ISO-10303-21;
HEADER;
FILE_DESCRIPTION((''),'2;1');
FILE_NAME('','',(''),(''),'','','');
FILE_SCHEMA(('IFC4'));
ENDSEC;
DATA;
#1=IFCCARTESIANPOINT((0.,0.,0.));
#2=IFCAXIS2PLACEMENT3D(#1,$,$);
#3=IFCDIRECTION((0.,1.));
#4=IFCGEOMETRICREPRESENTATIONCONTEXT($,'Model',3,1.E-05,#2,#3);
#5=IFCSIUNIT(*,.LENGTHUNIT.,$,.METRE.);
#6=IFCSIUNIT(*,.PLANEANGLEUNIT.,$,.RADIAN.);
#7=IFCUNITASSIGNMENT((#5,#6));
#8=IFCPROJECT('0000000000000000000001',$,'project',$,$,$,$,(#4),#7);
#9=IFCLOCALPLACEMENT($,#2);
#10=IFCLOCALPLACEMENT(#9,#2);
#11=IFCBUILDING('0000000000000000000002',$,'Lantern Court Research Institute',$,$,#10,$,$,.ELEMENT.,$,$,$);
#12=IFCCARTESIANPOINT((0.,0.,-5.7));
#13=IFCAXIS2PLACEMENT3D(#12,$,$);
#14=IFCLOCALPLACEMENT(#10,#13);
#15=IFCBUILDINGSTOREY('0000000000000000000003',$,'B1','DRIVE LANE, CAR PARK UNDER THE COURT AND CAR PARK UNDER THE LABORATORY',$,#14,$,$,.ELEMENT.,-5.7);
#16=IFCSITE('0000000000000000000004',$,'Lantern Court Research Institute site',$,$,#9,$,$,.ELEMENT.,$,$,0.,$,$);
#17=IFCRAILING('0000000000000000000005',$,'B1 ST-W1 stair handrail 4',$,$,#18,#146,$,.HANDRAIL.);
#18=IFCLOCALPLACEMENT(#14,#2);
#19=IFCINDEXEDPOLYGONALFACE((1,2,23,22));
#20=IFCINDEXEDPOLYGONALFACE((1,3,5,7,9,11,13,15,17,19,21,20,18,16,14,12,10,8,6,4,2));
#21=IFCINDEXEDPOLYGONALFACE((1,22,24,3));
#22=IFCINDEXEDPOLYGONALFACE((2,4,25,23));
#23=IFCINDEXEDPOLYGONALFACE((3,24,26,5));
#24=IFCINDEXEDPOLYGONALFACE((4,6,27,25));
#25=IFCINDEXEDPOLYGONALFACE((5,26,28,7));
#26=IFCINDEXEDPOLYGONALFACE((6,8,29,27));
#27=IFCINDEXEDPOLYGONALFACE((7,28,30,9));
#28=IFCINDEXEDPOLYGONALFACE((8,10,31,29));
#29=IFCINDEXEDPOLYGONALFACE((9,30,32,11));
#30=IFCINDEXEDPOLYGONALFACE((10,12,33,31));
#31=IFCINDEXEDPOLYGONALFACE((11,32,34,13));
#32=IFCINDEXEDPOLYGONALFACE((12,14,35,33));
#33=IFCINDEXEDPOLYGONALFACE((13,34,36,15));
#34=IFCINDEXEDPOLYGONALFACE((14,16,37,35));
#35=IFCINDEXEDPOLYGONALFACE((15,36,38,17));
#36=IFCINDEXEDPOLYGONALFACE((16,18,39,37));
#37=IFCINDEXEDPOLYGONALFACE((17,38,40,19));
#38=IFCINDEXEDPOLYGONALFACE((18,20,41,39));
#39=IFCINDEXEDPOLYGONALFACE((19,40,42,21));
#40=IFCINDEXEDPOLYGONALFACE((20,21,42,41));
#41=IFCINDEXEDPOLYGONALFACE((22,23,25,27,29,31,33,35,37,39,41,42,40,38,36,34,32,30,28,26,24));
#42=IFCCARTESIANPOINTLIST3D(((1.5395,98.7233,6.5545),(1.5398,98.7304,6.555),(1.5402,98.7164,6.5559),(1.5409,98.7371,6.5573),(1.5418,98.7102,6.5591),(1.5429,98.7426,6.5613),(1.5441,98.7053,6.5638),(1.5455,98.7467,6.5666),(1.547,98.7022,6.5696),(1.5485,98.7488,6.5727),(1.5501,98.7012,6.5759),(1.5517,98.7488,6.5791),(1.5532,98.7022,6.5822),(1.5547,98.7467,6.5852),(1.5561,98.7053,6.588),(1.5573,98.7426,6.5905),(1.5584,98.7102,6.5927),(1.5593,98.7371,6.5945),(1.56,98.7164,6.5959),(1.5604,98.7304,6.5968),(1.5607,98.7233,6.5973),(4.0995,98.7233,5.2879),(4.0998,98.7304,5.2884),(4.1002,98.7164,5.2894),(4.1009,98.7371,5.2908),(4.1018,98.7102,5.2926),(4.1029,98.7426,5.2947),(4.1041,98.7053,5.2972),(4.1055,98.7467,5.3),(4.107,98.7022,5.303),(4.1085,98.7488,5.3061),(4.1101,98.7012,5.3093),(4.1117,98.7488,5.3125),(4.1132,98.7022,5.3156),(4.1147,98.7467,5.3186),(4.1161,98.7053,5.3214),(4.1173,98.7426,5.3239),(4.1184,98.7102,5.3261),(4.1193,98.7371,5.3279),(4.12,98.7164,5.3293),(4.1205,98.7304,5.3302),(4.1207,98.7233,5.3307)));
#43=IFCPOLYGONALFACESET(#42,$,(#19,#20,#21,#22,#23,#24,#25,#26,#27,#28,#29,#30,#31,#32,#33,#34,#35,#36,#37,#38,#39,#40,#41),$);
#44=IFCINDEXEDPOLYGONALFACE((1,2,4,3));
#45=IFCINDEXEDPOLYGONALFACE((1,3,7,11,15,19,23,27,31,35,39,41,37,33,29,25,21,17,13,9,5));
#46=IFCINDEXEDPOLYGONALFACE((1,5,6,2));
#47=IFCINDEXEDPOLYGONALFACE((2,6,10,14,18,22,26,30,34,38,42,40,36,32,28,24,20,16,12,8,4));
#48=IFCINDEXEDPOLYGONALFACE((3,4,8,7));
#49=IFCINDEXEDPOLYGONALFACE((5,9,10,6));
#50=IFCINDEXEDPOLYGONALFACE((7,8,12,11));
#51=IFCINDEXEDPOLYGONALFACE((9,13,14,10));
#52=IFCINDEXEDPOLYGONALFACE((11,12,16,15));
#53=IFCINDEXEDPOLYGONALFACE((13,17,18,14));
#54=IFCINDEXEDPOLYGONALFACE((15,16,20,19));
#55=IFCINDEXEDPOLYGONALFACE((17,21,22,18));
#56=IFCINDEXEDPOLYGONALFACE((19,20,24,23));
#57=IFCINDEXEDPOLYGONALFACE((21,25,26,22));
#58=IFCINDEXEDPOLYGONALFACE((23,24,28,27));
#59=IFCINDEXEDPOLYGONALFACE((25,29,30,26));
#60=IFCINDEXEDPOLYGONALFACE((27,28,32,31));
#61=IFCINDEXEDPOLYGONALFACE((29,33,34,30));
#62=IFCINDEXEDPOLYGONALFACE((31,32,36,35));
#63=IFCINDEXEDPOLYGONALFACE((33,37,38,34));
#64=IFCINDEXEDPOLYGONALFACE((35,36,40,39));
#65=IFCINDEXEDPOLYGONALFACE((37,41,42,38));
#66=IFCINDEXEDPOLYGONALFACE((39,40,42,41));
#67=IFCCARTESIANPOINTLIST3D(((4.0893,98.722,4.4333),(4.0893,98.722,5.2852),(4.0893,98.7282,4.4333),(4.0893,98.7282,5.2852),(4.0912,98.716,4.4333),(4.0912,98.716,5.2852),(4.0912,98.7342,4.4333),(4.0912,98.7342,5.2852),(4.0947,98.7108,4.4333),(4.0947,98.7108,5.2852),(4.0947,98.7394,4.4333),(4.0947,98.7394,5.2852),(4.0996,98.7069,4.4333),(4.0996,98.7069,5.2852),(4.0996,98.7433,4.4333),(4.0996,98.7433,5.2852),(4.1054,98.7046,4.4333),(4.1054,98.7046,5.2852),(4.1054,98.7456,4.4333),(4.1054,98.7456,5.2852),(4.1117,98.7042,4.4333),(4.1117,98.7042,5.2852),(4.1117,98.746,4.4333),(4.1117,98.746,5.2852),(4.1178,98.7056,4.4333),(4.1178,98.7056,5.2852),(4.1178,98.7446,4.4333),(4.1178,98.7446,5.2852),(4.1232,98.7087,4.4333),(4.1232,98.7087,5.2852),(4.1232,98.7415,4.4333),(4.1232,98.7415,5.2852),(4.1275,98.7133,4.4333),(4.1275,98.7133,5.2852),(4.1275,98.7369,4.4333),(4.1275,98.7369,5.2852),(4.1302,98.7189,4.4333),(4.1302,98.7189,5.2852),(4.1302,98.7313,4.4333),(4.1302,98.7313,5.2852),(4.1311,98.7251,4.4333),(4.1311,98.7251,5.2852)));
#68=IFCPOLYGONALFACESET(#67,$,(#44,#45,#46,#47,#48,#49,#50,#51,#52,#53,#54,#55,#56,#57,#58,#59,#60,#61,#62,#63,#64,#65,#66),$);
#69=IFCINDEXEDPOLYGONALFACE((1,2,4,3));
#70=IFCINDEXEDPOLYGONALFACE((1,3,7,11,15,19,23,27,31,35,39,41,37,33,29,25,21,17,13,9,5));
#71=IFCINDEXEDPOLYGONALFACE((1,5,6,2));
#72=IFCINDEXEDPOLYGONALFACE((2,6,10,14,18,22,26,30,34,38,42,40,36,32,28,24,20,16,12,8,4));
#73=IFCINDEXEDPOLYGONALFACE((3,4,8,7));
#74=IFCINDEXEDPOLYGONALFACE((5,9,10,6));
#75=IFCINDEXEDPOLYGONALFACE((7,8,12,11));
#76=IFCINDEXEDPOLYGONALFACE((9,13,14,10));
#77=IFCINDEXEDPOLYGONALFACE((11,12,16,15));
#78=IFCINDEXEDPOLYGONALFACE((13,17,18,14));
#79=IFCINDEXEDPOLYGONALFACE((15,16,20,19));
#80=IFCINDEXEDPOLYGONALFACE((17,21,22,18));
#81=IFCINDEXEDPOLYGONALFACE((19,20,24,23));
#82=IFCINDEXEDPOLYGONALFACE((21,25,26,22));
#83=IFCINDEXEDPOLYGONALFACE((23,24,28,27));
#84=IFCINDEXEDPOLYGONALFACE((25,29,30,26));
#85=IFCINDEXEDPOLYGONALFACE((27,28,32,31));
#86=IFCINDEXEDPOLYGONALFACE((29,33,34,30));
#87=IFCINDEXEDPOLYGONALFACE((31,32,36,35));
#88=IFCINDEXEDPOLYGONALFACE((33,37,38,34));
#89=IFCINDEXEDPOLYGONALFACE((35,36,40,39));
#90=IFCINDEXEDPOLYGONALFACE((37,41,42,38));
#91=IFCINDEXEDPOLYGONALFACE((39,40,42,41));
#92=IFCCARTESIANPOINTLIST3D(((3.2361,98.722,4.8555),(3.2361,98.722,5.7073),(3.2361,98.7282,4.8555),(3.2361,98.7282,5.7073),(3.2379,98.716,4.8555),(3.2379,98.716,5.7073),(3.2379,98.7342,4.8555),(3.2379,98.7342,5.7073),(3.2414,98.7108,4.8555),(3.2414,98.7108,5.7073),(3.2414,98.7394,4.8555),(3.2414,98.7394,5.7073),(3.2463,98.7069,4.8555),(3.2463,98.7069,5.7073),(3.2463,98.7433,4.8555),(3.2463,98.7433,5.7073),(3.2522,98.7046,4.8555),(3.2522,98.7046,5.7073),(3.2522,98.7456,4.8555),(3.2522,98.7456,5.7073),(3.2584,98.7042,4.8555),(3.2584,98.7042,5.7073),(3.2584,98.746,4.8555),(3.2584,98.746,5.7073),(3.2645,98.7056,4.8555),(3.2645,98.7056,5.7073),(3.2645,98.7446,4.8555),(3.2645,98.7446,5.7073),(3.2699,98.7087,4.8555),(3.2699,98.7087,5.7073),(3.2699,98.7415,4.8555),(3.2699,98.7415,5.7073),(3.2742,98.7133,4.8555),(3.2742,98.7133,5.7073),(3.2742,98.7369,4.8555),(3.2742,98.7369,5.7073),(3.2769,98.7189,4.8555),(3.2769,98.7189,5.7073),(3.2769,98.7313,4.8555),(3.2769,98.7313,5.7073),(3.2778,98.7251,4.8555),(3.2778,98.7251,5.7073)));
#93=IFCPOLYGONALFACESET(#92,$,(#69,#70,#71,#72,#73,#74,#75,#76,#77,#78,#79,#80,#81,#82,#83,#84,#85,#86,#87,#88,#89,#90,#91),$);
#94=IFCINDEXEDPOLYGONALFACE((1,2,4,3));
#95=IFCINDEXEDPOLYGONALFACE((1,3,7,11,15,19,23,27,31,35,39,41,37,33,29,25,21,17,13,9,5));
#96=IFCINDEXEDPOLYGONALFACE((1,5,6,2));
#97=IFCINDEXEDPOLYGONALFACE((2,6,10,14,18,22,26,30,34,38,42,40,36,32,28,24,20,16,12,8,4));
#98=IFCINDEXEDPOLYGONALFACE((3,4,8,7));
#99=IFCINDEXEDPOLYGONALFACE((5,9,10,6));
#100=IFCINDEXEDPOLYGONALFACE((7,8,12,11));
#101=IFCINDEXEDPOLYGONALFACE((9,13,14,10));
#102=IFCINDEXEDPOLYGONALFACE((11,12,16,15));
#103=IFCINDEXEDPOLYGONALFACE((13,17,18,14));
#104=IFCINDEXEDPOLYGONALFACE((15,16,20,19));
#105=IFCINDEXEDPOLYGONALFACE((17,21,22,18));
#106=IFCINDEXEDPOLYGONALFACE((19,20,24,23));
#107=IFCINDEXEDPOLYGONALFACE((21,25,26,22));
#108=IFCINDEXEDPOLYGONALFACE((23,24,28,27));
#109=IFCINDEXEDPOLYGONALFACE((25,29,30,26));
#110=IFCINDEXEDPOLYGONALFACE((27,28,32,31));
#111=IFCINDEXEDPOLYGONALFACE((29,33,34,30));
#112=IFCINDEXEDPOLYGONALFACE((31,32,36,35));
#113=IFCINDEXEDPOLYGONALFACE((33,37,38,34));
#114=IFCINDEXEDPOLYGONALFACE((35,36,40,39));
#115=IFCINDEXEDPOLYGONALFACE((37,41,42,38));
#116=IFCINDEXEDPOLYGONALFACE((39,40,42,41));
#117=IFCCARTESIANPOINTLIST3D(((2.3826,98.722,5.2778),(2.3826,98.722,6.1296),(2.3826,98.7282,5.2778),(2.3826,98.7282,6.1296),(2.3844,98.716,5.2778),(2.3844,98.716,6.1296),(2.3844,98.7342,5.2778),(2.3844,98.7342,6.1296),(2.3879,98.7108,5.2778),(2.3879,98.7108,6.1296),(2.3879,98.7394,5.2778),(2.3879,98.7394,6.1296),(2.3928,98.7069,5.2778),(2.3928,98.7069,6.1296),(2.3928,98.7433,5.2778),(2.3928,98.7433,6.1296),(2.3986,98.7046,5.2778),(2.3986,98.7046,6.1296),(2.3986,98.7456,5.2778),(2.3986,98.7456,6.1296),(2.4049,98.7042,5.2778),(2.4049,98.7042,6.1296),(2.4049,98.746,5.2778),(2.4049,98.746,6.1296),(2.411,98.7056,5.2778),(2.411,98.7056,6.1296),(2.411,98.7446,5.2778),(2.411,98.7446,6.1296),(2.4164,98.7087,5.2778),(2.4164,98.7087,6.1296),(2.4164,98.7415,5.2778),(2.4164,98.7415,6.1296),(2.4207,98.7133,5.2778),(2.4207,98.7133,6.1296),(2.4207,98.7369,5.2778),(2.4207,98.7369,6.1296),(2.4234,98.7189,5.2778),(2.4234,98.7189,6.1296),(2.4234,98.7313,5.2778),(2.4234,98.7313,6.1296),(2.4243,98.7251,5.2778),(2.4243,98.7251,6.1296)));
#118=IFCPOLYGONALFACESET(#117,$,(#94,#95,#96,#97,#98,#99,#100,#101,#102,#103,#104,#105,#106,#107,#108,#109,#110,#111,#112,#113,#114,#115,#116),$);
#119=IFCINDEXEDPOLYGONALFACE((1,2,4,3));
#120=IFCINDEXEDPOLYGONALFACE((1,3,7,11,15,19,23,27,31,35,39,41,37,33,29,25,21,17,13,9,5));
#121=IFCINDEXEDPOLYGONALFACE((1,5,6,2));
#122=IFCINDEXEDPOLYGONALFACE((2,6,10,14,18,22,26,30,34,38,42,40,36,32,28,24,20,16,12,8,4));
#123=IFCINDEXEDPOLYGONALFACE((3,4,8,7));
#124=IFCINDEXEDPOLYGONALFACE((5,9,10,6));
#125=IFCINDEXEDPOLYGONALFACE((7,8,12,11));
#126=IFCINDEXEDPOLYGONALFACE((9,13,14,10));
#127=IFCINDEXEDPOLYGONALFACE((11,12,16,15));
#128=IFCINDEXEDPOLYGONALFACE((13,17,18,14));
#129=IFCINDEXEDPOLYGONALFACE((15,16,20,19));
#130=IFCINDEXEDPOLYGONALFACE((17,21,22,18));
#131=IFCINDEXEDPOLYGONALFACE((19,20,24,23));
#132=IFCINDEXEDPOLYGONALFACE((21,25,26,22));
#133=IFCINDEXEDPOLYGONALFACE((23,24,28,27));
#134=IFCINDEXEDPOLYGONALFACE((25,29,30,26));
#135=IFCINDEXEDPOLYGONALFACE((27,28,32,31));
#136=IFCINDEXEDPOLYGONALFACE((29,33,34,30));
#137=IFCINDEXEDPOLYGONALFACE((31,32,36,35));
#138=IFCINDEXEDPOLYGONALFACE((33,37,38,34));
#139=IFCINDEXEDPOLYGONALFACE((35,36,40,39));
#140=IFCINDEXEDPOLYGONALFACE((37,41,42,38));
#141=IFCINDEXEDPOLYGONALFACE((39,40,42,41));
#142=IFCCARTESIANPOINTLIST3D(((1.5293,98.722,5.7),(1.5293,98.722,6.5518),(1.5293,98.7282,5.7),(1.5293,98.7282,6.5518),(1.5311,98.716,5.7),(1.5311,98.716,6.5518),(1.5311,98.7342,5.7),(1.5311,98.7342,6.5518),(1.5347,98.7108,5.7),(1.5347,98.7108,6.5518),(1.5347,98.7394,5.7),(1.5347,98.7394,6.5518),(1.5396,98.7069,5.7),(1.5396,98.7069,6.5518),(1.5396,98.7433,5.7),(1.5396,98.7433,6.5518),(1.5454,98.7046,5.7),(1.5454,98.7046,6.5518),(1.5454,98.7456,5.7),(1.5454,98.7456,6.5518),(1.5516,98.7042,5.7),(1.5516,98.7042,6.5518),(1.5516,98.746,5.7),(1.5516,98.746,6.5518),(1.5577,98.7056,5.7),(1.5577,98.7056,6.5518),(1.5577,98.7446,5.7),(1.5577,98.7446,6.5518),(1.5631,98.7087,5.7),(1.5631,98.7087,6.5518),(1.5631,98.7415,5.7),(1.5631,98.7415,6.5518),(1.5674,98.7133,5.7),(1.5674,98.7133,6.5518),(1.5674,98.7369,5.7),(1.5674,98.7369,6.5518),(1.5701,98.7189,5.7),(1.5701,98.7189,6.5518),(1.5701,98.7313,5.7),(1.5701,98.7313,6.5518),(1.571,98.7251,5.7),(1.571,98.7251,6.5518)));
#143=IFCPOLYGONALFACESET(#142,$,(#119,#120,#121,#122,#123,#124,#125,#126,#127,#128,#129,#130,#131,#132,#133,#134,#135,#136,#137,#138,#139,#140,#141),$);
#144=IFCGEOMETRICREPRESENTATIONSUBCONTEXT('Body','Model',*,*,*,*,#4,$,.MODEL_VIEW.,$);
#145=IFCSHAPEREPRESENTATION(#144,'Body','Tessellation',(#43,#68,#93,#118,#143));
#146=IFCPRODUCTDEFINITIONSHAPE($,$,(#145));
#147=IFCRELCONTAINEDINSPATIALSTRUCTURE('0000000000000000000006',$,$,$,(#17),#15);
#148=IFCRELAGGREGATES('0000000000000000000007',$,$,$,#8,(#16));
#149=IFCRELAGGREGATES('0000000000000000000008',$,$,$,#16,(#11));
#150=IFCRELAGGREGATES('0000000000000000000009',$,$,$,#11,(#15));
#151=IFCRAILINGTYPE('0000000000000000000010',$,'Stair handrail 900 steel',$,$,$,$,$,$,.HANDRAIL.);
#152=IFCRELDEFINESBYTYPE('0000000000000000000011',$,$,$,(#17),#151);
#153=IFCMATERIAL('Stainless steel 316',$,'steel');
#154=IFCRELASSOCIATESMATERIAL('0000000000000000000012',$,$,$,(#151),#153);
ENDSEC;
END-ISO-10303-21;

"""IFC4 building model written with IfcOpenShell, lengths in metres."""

from ifc_helpers import new_model, si_unit, direction, frame, origin, origin_2d, place, context, subcontext, project, spatial, circle, extrude, material, type_object, element, save


model = new_model("IFC4")

# Units and contexts
model_context = context("Model", 3, precision=1e-05, world=origin(), true_north=direction((0.0, 1.0)))
body_context = subcontext(model_context, "Body", "Model", "MODEL_VIEW")
ifc_project = project(units=[si_unit("LENGTHUNIT", "METRE"), si_unit("PLANEANGLEUNIT", "RADIAN")], contexts=[model_context])

# Site, building, storey
site_placement = place(None, origin())
site = spatial("IfcSite", under=ifc_project, at=site_placement, Name="Lantern Court Research Institute site", CompositionType="ELEMENT", RefElevation=0.0)
building_placement = place(site_placement, origin())
building = spatial("IfcBuilding", under=site, at=building_placement, Name="Lantern Court Research Institute", CompositionType="ELEMENT")
storey_placement = place(building_placement, frame((0.0, 0.0, -5.7)))
storey = spatial("IfcBuildingStorey", under=building, at=storey_placement, Name="B1", Description="DRIVE LANE, CAR PARK UNDER THE COURT AND CAR PARK UNDER THE LABORATORY", CompositionType="ELEMENT", Elevation=-5.7)

# Railing
ifc_material_1 = material(Name="Stainless steel 316", Category="steel")
railing_type_1 = type_object("IfcRailingType", Name="Stair handrail 900 steel", PredefinedType="HANDRAIL", material=ifc_material_1)
railing_1_placement = place(storey_placement, frame((4.1101, 98.7251, 4.4333)))
element("IfcRailing", 1, at=railing_1_placement, inside=storey, type_object=railing_type_1, Name="B1 ST-W1 stair handrail 4", PredefinedType="HANDRAIL", context=body_context, shape_type="SweptSolid", body=[
    extrude(circle(Radius=0.0239, at=origin_2d()), frame((0.0, 0.0, 0.876), z_axis=(-0.8963, 0.0, 0.443449), x_axis=(0.0, -1.0, 0.0)), (0.0, 0.0, 1.0), 2.8562),
    extrude(circle(Radius=0.021, at=origin_2d()), origin(), (0.0, 0.0, 1.0), 0.8518),
    extrude(circle(Radius=0.021, at=origin_2d()), frame((-0.8533, 0.0, 0.4221)), (0.0, 0.0, 1.0), 0.8518),
    extrude(circle(Radius=0.021, at=origin_2d()), frame((-1.7068, 0.0, 0.8445)), (0.0, 0.0, 1.0), 0.8518),
    extrude(circle(Radius=0.021, at=origin_2d()), frame((-2.5601, 0.0, 1.2666)), (0.0, 0.0, 1.0), 0.8518),
])

save(model, "model.ifc")
